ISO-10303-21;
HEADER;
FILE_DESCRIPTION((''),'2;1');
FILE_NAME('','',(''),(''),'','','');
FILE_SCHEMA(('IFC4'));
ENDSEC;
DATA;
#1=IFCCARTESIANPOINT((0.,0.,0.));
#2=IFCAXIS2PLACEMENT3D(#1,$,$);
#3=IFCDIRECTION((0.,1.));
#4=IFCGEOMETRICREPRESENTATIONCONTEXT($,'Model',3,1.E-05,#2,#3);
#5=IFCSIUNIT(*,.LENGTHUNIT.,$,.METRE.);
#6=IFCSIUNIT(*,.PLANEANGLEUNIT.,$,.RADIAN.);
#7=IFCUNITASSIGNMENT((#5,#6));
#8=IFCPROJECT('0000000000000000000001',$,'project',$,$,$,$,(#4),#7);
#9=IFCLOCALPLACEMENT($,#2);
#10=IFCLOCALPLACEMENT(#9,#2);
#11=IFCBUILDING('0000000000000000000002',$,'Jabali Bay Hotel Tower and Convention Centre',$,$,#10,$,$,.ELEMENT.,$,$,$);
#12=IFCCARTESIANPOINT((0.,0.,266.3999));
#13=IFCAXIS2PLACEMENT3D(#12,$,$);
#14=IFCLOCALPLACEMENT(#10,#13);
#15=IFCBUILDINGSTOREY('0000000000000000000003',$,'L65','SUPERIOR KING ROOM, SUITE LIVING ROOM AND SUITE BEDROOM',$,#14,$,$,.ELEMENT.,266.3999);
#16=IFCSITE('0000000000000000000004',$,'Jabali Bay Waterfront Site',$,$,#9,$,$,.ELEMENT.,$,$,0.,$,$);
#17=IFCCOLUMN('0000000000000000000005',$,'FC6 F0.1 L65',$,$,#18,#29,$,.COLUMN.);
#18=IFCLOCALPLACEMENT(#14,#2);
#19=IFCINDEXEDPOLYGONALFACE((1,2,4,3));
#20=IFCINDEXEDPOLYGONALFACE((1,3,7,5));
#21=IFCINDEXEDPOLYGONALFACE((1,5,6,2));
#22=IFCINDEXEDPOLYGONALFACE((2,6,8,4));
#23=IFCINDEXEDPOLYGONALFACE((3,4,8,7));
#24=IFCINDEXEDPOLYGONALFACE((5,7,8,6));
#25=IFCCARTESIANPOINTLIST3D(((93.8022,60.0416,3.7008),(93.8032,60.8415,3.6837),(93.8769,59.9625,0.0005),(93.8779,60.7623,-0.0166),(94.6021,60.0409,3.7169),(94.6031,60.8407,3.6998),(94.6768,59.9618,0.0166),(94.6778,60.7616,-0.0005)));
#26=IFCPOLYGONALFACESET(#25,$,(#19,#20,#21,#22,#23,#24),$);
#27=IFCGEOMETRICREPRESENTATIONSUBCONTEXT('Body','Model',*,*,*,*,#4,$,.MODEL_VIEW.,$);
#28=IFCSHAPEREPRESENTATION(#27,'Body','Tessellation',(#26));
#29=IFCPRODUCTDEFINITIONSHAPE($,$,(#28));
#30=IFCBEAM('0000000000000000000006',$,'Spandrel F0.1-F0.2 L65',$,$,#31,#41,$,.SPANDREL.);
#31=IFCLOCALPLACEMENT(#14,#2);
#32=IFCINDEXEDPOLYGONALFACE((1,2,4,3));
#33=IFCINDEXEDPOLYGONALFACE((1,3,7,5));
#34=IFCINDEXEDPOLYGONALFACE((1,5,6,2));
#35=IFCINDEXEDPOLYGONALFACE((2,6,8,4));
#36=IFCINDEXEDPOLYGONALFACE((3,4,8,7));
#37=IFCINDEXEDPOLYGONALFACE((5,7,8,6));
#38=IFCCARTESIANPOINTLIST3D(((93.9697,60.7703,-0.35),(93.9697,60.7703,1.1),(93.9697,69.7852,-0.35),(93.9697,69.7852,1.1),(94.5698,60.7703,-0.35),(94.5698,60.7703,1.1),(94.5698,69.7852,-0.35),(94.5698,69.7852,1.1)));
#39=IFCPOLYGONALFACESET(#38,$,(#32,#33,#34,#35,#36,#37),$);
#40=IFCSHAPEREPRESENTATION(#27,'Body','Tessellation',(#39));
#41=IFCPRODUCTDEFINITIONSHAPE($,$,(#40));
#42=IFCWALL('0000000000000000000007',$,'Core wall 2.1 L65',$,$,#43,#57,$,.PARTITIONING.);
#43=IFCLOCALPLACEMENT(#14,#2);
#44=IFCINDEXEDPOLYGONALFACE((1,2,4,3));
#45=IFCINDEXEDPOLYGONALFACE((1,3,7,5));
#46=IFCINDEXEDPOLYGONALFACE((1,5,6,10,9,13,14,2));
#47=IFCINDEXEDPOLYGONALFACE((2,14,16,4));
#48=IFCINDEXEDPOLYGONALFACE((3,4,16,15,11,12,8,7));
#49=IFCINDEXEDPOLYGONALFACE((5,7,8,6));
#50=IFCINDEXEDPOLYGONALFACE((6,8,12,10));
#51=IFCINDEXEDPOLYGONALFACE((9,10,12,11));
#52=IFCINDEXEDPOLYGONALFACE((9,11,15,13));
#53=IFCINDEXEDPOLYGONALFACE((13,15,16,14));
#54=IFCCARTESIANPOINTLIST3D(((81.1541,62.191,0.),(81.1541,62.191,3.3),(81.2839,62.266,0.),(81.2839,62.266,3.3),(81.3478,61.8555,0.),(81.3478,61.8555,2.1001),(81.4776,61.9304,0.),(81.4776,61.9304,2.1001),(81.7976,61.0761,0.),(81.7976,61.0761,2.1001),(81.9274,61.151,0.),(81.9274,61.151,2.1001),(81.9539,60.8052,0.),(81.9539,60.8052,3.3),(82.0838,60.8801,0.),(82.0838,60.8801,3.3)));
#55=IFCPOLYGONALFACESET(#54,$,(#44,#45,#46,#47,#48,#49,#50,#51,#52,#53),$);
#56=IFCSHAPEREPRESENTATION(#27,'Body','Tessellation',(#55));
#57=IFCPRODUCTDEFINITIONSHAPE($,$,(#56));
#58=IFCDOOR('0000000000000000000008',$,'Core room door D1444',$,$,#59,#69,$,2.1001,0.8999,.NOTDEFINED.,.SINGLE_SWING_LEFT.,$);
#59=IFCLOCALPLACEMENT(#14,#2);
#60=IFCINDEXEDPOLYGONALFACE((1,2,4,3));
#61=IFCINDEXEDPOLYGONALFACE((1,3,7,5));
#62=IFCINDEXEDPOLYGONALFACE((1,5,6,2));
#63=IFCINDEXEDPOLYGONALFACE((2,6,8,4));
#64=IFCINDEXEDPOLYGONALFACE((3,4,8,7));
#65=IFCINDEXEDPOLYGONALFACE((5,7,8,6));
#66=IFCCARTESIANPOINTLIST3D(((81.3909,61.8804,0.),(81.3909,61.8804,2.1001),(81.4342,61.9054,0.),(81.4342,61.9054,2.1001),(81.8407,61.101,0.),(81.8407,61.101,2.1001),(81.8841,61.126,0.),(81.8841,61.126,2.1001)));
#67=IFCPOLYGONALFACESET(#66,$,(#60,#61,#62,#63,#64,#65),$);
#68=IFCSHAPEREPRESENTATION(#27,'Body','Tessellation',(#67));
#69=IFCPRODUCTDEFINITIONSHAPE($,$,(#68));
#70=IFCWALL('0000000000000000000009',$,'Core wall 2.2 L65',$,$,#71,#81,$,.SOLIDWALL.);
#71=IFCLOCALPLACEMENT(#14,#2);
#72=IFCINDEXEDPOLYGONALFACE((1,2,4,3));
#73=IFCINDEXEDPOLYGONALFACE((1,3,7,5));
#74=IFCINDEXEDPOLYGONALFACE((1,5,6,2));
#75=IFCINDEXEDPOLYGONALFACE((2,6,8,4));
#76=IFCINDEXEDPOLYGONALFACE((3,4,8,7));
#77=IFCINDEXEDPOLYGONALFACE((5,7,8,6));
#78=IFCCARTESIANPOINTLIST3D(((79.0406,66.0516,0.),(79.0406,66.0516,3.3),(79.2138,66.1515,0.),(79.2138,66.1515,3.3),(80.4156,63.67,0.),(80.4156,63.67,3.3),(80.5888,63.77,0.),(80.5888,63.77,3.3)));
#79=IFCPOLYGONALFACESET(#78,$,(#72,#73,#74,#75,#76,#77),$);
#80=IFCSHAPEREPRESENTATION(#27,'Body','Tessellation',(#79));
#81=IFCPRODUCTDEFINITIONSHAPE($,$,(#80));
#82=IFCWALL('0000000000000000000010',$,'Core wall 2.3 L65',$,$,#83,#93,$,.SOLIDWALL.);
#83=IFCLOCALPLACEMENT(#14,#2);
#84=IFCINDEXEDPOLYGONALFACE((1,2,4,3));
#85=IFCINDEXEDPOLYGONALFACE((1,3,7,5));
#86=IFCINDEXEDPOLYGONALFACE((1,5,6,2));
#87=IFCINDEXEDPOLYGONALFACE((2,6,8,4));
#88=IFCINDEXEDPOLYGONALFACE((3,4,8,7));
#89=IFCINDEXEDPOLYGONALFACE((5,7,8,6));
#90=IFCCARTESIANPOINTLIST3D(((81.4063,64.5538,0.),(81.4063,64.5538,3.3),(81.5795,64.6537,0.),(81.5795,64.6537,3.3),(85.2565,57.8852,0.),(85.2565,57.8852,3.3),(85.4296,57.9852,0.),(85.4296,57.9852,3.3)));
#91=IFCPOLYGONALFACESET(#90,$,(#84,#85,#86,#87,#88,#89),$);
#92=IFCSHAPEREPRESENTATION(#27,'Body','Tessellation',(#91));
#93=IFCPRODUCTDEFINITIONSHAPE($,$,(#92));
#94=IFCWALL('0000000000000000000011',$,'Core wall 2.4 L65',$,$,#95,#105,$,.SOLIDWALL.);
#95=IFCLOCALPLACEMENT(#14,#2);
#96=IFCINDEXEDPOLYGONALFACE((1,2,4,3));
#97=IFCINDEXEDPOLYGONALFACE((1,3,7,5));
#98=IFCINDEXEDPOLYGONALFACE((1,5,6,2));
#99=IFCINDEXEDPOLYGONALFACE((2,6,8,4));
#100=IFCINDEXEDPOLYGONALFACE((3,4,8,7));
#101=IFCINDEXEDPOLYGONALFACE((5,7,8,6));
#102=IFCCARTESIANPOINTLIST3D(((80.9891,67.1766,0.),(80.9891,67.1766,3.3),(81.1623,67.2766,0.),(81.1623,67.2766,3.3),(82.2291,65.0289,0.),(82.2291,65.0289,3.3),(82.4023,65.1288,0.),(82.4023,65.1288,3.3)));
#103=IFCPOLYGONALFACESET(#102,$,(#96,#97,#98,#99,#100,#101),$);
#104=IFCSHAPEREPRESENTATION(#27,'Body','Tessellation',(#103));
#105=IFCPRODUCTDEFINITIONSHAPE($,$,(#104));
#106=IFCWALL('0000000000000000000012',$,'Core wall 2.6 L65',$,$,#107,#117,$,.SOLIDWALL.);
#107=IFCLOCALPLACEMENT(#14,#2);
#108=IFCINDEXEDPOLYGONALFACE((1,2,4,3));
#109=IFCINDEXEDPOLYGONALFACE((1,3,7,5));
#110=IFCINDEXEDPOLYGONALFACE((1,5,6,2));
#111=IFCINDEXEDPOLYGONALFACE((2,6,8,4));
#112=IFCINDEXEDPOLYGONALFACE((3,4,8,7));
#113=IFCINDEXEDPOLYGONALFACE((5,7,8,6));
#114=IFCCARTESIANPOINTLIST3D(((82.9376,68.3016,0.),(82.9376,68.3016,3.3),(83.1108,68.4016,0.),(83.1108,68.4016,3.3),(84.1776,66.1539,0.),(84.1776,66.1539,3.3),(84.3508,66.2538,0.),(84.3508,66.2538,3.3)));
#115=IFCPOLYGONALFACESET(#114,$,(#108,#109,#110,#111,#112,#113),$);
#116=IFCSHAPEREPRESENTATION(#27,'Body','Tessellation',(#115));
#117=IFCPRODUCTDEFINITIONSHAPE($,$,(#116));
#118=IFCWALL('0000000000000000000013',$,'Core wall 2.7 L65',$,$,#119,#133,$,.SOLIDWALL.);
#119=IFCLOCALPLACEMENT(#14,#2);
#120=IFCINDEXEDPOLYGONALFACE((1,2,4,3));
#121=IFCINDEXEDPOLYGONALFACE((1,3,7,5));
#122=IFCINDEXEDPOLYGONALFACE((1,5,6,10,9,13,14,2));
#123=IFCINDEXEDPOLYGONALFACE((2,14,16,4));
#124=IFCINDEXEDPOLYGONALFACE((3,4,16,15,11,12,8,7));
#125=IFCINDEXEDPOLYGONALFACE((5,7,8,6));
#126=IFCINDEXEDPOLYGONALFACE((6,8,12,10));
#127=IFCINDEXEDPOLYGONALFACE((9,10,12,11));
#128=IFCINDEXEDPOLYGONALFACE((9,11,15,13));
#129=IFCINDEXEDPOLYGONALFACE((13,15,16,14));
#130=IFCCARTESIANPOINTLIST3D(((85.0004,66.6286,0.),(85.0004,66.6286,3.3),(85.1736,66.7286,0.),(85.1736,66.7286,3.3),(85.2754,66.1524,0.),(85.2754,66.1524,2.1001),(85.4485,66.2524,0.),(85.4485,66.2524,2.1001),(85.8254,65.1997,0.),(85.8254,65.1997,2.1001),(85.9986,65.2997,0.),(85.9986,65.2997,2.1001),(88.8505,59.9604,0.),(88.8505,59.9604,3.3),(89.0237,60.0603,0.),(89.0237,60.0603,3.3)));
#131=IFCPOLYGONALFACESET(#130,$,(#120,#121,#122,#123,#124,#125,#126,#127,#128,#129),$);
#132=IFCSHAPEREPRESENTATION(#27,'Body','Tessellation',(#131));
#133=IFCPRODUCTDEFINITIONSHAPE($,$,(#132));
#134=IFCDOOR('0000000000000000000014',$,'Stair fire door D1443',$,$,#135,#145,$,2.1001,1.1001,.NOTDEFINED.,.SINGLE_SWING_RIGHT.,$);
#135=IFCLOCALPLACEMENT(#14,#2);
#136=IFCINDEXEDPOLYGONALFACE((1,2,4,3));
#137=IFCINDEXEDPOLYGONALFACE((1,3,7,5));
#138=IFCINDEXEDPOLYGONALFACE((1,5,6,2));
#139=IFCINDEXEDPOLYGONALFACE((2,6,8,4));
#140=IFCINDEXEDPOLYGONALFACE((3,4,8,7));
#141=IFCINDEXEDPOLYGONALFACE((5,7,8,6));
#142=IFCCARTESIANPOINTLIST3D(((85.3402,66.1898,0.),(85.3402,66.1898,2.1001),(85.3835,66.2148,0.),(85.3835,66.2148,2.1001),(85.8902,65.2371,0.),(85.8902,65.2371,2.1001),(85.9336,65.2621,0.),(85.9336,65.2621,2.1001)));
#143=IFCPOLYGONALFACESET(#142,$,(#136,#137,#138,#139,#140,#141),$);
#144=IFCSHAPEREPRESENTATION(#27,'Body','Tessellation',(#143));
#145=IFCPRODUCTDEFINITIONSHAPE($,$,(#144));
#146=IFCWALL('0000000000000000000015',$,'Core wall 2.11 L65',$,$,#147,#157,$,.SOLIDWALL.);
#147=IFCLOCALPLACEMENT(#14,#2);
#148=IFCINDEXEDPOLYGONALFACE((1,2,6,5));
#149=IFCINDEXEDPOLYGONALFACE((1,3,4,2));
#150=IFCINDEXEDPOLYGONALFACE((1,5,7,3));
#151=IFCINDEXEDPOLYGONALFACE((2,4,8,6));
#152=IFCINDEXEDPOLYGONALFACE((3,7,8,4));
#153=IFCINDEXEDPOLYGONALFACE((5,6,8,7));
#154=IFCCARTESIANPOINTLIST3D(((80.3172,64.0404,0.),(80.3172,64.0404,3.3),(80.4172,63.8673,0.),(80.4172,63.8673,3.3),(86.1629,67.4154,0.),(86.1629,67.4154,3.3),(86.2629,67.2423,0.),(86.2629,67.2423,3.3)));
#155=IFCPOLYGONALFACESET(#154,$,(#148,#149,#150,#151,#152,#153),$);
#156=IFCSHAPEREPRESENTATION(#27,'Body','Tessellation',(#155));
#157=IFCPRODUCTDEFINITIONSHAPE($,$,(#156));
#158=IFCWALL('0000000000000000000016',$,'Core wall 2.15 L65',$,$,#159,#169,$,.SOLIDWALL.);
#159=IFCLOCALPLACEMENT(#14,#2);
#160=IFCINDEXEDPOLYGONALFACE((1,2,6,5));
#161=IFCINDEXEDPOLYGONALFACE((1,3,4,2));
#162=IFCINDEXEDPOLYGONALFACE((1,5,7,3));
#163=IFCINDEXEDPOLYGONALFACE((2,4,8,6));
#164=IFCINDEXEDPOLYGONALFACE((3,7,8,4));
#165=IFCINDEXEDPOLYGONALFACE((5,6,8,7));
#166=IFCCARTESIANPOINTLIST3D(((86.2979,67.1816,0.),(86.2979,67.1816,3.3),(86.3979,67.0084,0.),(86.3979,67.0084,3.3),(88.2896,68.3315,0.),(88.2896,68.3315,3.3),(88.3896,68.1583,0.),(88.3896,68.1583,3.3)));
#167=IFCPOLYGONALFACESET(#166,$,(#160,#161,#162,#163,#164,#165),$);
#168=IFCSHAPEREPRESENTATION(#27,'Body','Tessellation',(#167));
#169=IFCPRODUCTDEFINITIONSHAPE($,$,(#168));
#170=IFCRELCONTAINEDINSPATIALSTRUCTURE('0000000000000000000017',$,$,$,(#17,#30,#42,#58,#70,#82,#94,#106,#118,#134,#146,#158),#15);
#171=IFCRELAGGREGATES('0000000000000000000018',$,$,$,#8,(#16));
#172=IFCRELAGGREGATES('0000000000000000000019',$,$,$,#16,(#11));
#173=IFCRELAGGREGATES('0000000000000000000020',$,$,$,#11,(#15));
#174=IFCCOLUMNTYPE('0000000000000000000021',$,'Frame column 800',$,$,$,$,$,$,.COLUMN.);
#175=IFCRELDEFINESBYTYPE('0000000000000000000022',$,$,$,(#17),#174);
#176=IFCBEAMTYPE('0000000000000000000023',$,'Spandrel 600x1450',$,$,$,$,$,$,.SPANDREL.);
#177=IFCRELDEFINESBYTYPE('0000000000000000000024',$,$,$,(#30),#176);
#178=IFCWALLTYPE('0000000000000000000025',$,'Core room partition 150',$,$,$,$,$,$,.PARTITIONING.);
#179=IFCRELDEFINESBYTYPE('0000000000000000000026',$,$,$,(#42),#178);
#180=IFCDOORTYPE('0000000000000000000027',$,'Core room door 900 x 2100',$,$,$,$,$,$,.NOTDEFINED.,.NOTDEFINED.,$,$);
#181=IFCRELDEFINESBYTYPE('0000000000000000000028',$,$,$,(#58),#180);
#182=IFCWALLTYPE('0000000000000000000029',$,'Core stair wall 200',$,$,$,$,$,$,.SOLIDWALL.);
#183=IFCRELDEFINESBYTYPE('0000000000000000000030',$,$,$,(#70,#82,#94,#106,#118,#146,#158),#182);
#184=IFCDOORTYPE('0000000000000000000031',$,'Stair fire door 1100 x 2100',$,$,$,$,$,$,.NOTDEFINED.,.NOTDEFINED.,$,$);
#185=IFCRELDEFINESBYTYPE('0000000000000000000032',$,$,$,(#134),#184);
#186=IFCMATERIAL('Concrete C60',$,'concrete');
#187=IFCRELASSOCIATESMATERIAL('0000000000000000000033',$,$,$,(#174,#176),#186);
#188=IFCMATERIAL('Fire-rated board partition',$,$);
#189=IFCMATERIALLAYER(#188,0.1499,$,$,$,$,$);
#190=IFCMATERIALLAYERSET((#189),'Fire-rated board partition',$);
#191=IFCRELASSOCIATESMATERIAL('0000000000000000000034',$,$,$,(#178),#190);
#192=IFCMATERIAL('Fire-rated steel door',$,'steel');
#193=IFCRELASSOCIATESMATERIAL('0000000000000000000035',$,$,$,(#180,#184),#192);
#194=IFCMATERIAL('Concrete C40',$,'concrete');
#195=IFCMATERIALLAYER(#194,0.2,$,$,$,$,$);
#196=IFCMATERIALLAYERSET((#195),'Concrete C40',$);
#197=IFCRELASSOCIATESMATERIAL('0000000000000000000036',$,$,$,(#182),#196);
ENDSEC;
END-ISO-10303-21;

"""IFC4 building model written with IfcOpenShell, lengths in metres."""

from ifc_helpers import new_model, si_unit, direction, frame, frame_2d, origin, origin_2d, place, context, subcontext, project, spatial, rectangle, extrude, material, layer, layer_set, material_profile, profile_set, type_object, element, fill, save


model = new_model("IFC4")

# Units and contexts
model_context = context("Model", 3, precision=1e-05, world=origin(), true_north=direction((0.0, 1.0)))
body_context = subcontext(model_context, "Body", "Model", "MODEL_VIEW")
ifc_project = project(units=[si_unit("LENGTHUNIT", "METRE"), si_unit("PLANEANGLEUNIT", "RADIAN")], contexts=[model_context])

# Site, building, storey
site_placement = place(None, origin())
site = spatial("IfcSite", under=ifc_project, at=site_placement, Name="Jabali Bay Waterfront Site", CompositionType="ELEMENT", RefElevation=0.0)
building_placement = place(site_placement, origin())
building = spatial("IfcBuilding", under=site, at=building_placement, Name="Jabali Bay Hotel Tower and Convention Centre", CompositionType="ELEMENT")
storey_placement = place(building_placement, frame((0.0, 0.0, 266.3999)))
storey = spatial("IfcBuildingStorey", under=building, at=storey_placement, Name="L65", Description="SUPERIOR KING ROOM, SUITE LIVING ROOM AND SUITE BEDROOM", CompositionType="ELEMENT", Elevation=266.3999)

# Column
ifc_material_1 = material(Name="Concrete C60", Category="concrete")
ifc_material_profile_1 = material_profile(ifc_material_1, rectangle(XDim=0.8, YDim=0.8, at=origin_2d()), Name="Frame column 800")
ifc_profile_set_1 = profile_set([ifc_material_profile_1], Name="Concrete C60")
column_type = type_object("IfcColumnType", Name="Frame column 800", PredefinedType="COLUMN", material=ifc_profile_set_1)
column_placement = place(storey_placement, frame((94.2773, 60.3621, 0.0), z_axis=(-0.020181, 0.021368, 0.999568), x_axis=(-0.001315, -0.999771, 0.021346)))
element("IfcColumn", 1, at=column_placement, inside=storey, type_object=column_type, Name="FC6 F0.1 L65", PredefinedType="COLUMN", context=body_context, shape_type="SweptSolid", body=[
    extrude(rectangle(XDim=0.8, YDim=0.8, at=origin_2d()), origin(), (0.0, 0.0, 1.0), 3.7019),
])

# Beam
ifc_material_profile_2 = material_profile(ifc_material_1, rectangle(XDim=0.6001, YDim=1.45, at=origin_2d()), Name="Spandrel 600x1450")
ifc_profile_set_2 = profile_set([ifc_material_profile_2], Name="Concrete C60")
beam_type = type_object("IfcBeamType", Name="Spandrel 600x1450", PredefinedType="SPANDREL", material=ifc_profile_set_2)
beam_placement = place(storey_placement, frame((94.2698, 60.7703, 0.375), z_axis=(0.0, 1.0, 0.0), x_axis=(-1.0, 0.0, 0.0)))
element("IfcBeam", 2, at=beam_placement, inside=storey, type_object=beam_type, Name="Spandrel F0.1-F0.2 L65", PredefinedType="SPANDREL", context=body_context, shape_type="SweptSolid", body=[
    extrude(rectangle(XDim=0.6001, YDim=1.45, at=origin_2d()), origin(), (0.0, 0.0, 1.0), 9.0149),
])

# Wall, opening, door
ifc_material_2 = material(Name="Fire-rated board partition")
ifc_layer_1 = layer(ifc_material_2, 0.1499)
ifc_layer_set_1 = layer_set([ifc_layer_1], Name="Fire-rated board partition")
wall_type_1 = type_object("IfcWallType", Name="Core room partition 150", PredefinedType="PARTITIONING", material=ifc_layer_set_1)
wall_1_placement = place(storey_placement, frame((81.219, 62.2285, 0.0), z_axis=(0.0, 0.0, 1.0), x_axis=(0.499881, -0.866094, 0.0)))
wall_1 = element("IfcWall", 3, at=wall_1_placement, inside=storey, type_object=wall_type_1, Name="Core wall 2.1 L65", PredefinedType="PARTITIONING", context=body_context, shape_type="SweptSolid", body=[
    extrude(rectangle(XDim=1.6001, YDim=0.1499, at=frame_2d((0.8, 0.0))), origin(), (0.0, 0.0, 1.0), 3.3),
])
opening_1_placement = place(wall_1_placement, frame((0.3875, 0.0, 0.0)))
opening_1 = element("IfcOpeningElement", 4, at=opening_1_placement, cuts=wall_1, PredefinedType="OPENING", context=body_context, shape_type="SweptSolid", body=[
    extrude(rectangle(XDim=0.8999, YDim=2.1001, at=frame_2d((0.45, 1.05))), frame((0.0, 0.0854, 0.0), z_axis=(0.0, -1.0, 0.0), x_axis=(1.0, 0.0, 0.0)), (0.0, 0.0, 1.0), 0.1709),
])
ifc_material_3 = material(Name="Fire-rated steel door", Category="steel")
door_type_1 = type_object("IfcDoorType", Name="Core room door 900 x 2100", OperationType="NOTDEFINED", PredefinedType="NOTDEFINED", material=ifc_material_3)
door_1_placement = place(opening_1_placement, origin())
door_1 = element("IfcDoor", 5, at=door_1_placement, inside=storey, type_object=door_type_1, Name="Core room door D1444", OperationType="SINGLE_SWING_LEFT", OverallHeight=2.1001, OverallWidth=0.8999, PredefinedType="NOTDEFINED", context=body_context, shape_type="SweptSolid", body=[
    extrude(rectangle(XDim=0.8999, YDim=2.1001, at=frame_2d((0.45, 1.05))), frame((0.0, 0.0249, 0.0), z_axis=(0.0, -1.0, 0.0), x_axis=(1.0, 0.0, 0.0)), (0.0, 0.0, 1.0), 0.05),
])
fill(opening_1, door_1)

# Walls
ifc_material_4 = material(Name="Concrete C40", Category="concrete")
ifc_layer_2 = layer(ifc_material_4, 0.2)
ifc_layer_set_2 = layer_set([ifc_layer_2], Name="Concrete C40")
wall_type_2 = type_object("IfcWallType", Name="Core stair wall 200", PredefinedType="SOLIDWALL", material=ifc_layer_set_2)
wall_2_placement = place(storey_placement, frame((79.1272, 66.1016, 0.0), z_axis=(0.0, 0.0, 1.0), x_axis=(0.499997, -0.866027, 0.0)))
element("IfcWall", 6, at=wall_2_placement, inside=storey, type_object=wall_type_2, Name="Core wall 2.2 L65", PredefinedType="SOLIDWALL", context=body_context, shape_type="SweptSolid", body=[
    extrude(rectangle(XDim=2.75, YDim=0.2, at=frame_2d((1.375, 0.0))), origin(), (0.0, 0.0, 1.0), 3.3),
])
wall_3_placement = place(storey_placement, frame((81.4929, 64.6038, 0.0), z_axis=(0.0, 0.0, 1.0), x_axis=(0.500006, -0.866022, 0.0)))
element("IfcWall", 7, at=wall_3_placement, inside=storey, type_object=wall_type_2, Name="Core wall 2.3 L65", PredefinedType="SOLIDWALL", context=body_context, shape_type="SweptSolid", body=[
    extrude(rectangle(XDim=7.7002, YDim=0.2, at=frame_2d((3.8501, 0.0))), origin(), (0.0, 0.0, 1.0), 3.3),
])
for number, where, z_axis, x_axis, name in (
    (8, (81.0757, 67.2266, 0.0), (0.0, 0.0, 1.0), (0.500004, -0.866023, 0.0), "Core wall 2.4 L65"),
    (9, (83.0242, 68.3516, 0.0), (0.0, 0.0, 1.0), (0.500004, -0.866023, 0.0), "Core wall 2.6 L65"),
):
    element("IfcWall", number, at=place(storey_placement, frame(where, z_axis=z_axis, x_axis=x_axis)), inside=storey, type_object=wall_type_2, Name=name, PredefinedType="SOLIDWALL", context=body_context, shape_type="SweptSolid", body=[
        extrude(rectangle(XDim=2.48, YDim=0.2, at=frame_2d((1.24, 0.0))), origin(), (0.0, 0.0, 1.0), 3.3),
    ])

# Wall, opening, door
wall_4_placement = place(storey_placement, frame((85.0869, 66.6787, 0.0), z_axis=(0.0, 0.0, 1.0), x_axis=(0.50002, -0.866014, 0.0)))
wall_4 = element("IfcWall", 10, at=wall_4_placement, inside=storey, type_object=wall_type_2, Name="Core wall 2.7 L65", PredefinedType="SOLIDWALL", context=body_context, shape_type="SweptSolid", body=[
    extrude(rectangle(XDim=7.7, YDim=0.2, at=frame_2d((3.8501, 0.0))), origin(), (0.0, 0.0, 1.0), 3.3),
])
opening_2_placement = place(wall_4_placement, frame((0.55, 0.0, 0.0)))
opening_2 = element("IfcOpeningElement", 11, at=opening_2_placement, cuts=wall_4, PredefinedType="OPENING", context=body_context, shape_type="SweptSolid", body=[
    extrude(rectangle(XDim=1.1001, YDim=2.1001, at=frame_2d((0.55, 1.05))), frame((0.0, 0.1104, 0.0), z_axis=(0.0, -1.0, 0.0), x_axis=(1.0, 0.0, 0.0)), (0.0, 0.0, 1.0), 0.2209),
])
door_type_2 = type_object("IfcDoorType", Name="Stair fire door 1100 x 2100", OperationType="NOTDEFINED", PredefinedType="NOTDEFINED", material=ifc_material_3)
door_2_placement = place(opening_2_placement, origin())
door_2 = element("IfcDoor", 12, at=door_2_placement, inside=storey, type_object=door_type_2, Name="Stair fire door D1443", OperationType="SINGLE_SWING_RIGHT", OverallHeight=2.1001, OverallWidth=1.1001, PredefinedType="NOTDEFINED", context=body_context, shape_type="SweptSolid", body=[
    extrude(rectangle(XDim=1.1001, YDim=2.1001, at=frame_2d((0.55, 1.05))), frame((0.0, 0.0249, 0.0), z_axis=(0.0, -1.0, 0.0), x_axis=(1.0, 0.0, 0.0)), (0.0, 0.0, 1.0), 0.05),
])
fill(opening_2, door_2)

# Walls
wall_5_placement = place(storey_placement, frame((80.3672, 63.9539, 0.0), z_axis=(0.0, 0.0, 1.0), x_axis=(0.866027, 0.499998, 0.0)))
element("IfcWall", 13, at=wall_5_placement, inside=storey, type_object=wall_type_2, Name="Core wall 2.11 L65", PredefinedType="SOLIDWALL", context=body_context, shape_type="SweptSolid", body=[
    extrude(rectangle(XDim=6.75, YDim=0.2, at=frame_2d((3.375, 0.0))), origin(), (0.0, 0.0, 1.0), 3.3),
])
wall_6_placement = place(storey_placement, frame((86.3479, 67.095, 0.0), z_axis=(0.0, 0.0, 1.0), x_axis=(0.866026, 0.499998, 0.0)))
element("IfcWall", 14, at=wall_6_placement, inside=storey, type_object=wall_type_2, Name="Core wall 2.15 L65", PredefinedType="SOLIDWALL", context=body_context, shape_type="SweptSolid", body=[
    extrude(rectangle(XDim=2.2998, YDim=0.2, at=frame_2d((1.1499, 0.0))), origin(), (0.0, 0.0, 1.0), 3.3),
])

save(model, "model.ifc")
